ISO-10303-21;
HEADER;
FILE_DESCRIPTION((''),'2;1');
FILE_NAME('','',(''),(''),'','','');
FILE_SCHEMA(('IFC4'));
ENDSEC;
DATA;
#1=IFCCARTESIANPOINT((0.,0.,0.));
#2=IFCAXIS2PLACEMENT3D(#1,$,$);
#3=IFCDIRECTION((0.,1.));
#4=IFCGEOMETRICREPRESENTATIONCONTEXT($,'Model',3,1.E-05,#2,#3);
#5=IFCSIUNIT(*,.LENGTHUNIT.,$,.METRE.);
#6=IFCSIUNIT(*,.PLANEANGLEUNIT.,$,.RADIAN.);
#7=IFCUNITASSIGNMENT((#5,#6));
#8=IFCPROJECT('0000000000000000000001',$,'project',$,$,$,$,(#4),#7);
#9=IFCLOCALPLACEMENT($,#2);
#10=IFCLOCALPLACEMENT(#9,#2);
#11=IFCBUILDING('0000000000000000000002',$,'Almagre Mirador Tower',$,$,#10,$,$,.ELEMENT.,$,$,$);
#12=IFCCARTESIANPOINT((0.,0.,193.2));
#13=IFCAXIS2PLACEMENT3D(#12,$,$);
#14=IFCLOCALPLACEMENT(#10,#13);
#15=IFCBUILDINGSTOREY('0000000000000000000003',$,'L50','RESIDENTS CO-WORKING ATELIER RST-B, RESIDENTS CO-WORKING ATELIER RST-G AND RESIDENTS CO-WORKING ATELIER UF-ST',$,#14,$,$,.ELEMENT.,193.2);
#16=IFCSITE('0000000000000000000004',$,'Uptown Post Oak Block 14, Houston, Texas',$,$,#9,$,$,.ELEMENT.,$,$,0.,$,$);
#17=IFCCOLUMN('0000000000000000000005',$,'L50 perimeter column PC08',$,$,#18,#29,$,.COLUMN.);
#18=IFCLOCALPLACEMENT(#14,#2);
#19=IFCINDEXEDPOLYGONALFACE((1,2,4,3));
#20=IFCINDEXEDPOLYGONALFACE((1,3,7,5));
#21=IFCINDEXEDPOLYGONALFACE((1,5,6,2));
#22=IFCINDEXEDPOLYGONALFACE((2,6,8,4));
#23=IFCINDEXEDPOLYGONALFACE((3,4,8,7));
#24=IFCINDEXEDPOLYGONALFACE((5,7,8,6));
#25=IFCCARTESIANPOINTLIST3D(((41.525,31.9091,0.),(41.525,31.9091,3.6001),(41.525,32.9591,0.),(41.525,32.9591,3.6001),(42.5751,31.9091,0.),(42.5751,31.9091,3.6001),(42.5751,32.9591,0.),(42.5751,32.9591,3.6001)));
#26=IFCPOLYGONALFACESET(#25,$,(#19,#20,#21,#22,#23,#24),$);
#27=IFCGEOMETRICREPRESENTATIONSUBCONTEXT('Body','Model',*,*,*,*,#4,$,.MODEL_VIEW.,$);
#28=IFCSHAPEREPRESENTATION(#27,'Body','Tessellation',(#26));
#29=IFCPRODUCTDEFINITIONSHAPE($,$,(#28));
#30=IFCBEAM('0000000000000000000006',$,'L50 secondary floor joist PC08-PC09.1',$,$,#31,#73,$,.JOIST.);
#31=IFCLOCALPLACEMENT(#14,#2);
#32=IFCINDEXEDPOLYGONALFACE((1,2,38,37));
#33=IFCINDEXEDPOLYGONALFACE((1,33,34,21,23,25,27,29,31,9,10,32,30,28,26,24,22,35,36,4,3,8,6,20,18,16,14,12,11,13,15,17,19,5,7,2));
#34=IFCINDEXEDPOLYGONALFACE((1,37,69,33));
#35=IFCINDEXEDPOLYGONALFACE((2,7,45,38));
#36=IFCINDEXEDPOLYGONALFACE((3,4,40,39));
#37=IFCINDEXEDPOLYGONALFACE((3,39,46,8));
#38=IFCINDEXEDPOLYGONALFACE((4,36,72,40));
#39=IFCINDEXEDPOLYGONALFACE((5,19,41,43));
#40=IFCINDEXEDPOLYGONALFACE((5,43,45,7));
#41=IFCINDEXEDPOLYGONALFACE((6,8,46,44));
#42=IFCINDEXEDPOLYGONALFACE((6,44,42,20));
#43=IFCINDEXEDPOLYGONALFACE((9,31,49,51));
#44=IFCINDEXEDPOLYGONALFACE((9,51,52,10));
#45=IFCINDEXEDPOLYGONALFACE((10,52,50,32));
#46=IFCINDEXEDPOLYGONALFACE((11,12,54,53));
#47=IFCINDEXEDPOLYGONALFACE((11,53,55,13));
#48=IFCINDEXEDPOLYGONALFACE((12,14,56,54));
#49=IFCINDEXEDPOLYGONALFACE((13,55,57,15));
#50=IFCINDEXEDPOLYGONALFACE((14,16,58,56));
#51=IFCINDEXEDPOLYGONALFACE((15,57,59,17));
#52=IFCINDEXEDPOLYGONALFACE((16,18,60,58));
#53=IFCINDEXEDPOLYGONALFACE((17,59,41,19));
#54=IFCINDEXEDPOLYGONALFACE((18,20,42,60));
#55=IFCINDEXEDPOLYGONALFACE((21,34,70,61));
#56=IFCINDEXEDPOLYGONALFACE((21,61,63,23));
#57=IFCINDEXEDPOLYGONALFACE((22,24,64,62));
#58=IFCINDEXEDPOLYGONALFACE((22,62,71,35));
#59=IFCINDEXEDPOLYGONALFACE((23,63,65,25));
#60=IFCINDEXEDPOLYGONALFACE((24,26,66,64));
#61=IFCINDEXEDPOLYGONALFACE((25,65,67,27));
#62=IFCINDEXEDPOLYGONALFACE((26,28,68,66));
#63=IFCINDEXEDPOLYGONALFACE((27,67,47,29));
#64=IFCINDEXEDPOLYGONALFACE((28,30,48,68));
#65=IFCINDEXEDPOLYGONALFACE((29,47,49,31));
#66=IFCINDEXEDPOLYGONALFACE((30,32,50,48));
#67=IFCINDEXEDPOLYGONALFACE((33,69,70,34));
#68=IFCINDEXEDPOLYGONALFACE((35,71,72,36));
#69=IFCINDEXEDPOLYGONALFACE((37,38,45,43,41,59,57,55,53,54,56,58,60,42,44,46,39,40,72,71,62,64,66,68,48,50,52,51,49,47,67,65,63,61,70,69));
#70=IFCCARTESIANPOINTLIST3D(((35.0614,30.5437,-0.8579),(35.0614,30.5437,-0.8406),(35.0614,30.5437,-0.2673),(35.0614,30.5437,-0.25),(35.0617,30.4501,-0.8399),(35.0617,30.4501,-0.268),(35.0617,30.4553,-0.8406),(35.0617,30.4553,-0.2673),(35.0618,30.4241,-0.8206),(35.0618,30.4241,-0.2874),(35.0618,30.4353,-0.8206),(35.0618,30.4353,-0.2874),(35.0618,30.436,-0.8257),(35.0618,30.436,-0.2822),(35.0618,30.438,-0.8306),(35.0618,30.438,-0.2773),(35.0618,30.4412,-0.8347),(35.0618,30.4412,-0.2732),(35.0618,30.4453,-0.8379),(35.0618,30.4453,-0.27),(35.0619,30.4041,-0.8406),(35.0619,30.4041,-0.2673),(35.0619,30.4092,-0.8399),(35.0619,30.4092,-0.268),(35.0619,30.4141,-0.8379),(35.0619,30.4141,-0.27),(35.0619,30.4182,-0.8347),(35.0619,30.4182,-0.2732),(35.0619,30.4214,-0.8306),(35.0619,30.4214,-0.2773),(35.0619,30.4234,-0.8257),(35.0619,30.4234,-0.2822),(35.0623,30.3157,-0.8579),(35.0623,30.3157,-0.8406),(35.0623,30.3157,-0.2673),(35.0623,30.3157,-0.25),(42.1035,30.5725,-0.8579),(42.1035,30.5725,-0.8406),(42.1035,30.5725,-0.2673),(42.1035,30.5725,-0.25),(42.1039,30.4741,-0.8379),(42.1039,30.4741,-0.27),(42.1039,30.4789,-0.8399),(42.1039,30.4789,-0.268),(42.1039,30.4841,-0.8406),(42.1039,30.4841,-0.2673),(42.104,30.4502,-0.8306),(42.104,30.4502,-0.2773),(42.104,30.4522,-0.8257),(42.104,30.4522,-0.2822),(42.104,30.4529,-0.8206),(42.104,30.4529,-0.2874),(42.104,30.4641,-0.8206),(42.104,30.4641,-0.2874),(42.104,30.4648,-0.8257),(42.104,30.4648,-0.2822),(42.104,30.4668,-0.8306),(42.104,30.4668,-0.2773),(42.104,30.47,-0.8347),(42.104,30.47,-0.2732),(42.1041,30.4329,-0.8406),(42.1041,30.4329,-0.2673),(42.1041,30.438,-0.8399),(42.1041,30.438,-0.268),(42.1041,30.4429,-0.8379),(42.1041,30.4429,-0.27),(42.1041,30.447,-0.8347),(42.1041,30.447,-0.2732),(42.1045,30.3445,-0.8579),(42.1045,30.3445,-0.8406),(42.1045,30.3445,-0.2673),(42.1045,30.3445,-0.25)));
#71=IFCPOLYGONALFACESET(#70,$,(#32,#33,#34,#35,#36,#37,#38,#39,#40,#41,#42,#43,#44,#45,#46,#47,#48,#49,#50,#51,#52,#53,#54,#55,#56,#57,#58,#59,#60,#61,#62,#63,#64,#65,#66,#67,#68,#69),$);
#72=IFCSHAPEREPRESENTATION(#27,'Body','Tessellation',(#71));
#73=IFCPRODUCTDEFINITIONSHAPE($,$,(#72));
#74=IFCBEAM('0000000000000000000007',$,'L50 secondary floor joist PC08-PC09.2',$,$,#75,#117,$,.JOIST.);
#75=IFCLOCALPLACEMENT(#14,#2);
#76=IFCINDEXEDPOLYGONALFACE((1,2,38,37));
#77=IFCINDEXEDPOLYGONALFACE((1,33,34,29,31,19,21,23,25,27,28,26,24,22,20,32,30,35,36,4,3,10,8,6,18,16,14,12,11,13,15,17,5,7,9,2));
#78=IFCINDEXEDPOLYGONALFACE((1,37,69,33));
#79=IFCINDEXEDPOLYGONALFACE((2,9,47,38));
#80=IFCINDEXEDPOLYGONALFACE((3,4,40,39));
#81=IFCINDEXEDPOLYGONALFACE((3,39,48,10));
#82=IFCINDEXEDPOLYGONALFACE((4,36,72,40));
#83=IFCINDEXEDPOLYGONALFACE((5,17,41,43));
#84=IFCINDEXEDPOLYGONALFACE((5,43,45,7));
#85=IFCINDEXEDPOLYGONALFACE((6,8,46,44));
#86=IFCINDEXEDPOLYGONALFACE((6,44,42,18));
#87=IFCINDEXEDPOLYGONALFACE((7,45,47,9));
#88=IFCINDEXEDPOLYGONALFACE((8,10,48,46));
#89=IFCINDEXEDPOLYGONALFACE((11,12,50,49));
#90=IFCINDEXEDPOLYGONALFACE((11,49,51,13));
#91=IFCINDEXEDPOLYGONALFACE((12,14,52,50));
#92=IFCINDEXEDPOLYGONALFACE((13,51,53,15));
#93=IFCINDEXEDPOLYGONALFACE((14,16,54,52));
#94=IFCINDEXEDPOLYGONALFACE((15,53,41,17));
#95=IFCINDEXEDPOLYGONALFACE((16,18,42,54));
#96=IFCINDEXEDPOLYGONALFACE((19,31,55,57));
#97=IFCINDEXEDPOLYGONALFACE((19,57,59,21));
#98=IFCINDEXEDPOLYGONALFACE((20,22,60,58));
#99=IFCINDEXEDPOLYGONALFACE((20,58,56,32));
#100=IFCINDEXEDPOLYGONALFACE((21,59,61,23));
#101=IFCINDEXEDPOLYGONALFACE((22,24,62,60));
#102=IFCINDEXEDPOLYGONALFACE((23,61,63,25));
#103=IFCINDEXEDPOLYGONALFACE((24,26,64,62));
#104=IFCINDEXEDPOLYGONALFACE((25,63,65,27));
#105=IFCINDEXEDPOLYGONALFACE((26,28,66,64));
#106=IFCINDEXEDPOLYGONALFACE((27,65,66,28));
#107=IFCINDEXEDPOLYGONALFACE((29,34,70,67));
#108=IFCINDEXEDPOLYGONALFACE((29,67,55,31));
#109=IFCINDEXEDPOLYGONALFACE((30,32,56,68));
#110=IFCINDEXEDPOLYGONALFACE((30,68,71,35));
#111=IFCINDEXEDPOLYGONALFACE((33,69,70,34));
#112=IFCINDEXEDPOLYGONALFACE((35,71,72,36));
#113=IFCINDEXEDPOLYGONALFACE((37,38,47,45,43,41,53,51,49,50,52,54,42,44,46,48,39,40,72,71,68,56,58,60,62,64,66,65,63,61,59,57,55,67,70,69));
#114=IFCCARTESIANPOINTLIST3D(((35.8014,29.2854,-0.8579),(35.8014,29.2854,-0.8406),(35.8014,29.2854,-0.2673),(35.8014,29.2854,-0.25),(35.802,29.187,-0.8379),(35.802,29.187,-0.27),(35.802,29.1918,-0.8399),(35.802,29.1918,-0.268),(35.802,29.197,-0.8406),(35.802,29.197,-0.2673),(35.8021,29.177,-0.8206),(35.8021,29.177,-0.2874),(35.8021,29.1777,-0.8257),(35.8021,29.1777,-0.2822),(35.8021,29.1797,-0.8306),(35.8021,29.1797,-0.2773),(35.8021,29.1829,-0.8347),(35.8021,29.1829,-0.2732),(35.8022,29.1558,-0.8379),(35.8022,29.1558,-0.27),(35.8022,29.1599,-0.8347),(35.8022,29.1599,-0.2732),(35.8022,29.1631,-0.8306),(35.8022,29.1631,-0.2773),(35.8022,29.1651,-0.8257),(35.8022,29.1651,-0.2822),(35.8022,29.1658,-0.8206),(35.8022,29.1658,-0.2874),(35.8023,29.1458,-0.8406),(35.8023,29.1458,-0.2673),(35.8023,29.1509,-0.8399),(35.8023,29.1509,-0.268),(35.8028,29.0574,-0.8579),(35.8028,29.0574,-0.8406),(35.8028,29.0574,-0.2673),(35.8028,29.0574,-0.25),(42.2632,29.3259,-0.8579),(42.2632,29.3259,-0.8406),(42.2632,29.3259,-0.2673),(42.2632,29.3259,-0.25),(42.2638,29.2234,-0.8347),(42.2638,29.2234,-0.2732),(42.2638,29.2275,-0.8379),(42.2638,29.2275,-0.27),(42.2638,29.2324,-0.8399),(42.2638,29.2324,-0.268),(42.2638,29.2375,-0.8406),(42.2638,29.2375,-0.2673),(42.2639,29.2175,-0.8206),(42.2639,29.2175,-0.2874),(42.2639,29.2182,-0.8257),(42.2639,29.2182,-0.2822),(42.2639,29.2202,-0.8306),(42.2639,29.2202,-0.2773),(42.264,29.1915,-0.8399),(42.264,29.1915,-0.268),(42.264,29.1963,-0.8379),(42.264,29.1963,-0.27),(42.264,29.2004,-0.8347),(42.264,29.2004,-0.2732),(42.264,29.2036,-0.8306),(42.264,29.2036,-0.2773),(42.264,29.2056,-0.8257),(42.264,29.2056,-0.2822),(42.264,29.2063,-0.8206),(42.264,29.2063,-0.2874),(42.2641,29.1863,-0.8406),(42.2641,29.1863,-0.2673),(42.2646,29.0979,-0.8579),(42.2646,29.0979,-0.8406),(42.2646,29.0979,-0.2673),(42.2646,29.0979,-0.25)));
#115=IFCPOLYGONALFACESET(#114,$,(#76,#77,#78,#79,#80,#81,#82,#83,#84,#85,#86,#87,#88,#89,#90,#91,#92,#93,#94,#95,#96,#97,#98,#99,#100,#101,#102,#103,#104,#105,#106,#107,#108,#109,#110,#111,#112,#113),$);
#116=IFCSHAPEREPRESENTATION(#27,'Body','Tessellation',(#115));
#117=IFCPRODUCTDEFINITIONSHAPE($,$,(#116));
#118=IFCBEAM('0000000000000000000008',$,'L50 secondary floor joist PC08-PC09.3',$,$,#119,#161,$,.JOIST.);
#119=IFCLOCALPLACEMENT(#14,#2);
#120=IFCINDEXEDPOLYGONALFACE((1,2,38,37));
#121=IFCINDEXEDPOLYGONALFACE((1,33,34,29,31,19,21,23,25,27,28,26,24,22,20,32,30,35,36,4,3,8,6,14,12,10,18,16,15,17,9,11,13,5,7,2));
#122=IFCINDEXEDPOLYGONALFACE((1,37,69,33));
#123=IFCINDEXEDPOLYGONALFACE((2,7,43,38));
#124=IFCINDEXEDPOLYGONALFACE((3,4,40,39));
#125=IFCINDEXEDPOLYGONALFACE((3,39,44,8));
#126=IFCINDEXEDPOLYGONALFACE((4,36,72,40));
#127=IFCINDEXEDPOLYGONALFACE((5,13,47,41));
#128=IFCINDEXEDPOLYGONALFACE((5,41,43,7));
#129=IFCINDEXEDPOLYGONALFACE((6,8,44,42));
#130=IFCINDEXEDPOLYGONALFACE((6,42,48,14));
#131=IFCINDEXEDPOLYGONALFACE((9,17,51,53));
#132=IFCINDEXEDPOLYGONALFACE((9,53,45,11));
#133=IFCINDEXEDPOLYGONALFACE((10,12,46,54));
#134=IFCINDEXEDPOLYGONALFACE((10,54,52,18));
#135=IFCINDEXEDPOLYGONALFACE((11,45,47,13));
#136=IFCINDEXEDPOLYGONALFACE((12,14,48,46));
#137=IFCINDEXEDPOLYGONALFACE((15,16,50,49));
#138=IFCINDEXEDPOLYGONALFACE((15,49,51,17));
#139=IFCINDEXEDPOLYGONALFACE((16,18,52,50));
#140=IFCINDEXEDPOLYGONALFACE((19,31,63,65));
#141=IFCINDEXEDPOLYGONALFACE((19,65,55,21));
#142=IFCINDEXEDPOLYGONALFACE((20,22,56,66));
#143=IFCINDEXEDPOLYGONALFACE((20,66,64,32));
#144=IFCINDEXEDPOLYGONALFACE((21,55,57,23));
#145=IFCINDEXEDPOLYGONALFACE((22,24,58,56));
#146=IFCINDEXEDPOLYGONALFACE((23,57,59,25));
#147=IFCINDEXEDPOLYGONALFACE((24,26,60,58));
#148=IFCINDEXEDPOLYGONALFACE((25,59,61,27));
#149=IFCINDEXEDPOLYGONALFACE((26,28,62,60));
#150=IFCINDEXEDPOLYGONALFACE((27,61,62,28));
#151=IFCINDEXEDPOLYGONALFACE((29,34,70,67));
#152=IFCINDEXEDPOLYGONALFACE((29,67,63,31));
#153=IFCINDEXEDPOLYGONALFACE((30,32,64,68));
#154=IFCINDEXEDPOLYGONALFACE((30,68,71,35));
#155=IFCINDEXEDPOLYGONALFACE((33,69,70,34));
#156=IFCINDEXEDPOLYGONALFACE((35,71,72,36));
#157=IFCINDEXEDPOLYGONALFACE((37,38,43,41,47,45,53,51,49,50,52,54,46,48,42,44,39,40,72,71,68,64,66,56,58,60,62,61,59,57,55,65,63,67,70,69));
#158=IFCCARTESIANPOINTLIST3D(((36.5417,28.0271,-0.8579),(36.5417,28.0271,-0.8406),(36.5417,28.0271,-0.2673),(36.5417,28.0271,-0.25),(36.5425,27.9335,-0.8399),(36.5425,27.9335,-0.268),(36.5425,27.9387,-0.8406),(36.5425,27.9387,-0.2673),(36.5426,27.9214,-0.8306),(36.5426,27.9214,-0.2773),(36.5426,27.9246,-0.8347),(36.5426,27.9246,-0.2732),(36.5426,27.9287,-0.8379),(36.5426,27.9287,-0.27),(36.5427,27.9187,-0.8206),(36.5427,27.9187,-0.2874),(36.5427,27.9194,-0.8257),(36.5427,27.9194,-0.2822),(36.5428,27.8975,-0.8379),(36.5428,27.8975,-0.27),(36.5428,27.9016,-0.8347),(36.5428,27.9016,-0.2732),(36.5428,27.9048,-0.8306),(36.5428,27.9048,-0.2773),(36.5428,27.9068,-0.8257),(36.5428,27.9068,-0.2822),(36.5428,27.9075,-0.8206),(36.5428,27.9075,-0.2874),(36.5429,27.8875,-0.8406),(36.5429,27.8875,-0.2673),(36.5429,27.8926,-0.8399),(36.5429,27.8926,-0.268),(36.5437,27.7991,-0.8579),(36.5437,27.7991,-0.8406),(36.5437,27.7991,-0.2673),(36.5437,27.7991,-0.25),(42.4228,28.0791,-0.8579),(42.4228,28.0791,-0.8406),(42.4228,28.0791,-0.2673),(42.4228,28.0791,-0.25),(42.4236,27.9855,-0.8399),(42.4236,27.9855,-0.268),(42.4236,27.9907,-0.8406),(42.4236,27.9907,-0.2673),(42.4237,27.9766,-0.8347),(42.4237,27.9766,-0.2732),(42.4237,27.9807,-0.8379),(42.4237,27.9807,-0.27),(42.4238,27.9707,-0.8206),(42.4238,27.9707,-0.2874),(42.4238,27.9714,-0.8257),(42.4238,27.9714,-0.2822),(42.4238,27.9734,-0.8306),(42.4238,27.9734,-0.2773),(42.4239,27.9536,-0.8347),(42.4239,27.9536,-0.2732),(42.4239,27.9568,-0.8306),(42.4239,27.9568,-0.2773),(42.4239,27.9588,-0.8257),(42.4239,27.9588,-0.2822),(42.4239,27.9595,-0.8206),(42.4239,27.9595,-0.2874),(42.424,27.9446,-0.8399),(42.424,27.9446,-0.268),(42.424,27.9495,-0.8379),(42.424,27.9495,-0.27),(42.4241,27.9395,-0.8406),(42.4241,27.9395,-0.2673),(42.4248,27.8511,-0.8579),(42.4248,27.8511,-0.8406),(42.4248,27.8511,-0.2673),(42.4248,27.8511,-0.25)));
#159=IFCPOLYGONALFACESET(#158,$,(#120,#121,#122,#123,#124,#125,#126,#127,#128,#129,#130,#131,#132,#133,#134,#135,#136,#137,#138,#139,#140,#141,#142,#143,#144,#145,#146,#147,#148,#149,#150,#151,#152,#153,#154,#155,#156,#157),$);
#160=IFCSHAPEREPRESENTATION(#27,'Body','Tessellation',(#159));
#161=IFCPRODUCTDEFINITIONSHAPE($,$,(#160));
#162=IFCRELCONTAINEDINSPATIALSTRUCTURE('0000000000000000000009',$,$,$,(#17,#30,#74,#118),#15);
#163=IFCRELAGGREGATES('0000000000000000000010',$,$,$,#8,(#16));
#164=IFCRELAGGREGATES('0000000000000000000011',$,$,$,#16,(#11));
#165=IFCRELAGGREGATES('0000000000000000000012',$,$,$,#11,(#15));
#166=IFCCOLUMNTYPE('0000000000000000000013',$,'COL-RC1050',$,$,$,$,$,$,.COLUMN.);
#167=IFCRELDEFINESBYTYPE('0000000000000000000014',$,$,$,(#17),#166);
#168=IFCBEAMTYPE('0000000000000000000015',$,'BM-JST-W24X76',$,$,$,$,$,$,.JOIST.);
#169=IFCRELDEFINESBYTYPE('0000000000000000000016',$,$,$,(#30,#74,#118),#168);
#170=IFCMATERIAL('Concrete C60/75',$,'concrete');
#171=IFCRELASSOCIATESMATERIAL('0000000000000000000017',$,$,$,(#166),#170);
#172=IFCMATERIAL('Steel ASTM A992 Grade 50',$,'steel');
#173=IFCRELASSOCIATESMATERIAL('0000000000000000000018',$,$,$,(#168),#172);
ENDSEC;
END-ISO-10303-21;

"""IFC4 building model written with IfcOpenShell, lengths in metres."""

from ifc_helpers import new_model, si_unit, direction, frame, origin, origin_2d, place, context, subcontext, project, spatial, rectangle, i_section, extrude, material, material_profile, profile_set, type_object, element, save


model = new_model("IFC4")

# Units and contexts
model_context = context("Model", 3, precision=1e-05, world=origin(), true_north=direction((0.0, 1.0)))
body_context = subcontext(model_context, "Body", "Model", "MODEL_VIEW")
ifc_project = project(units=[si_unit("LENGTHUNIT", "METRE"), si_unit("PLANEANGLEUNIT", "RADIAN")], contexts=[model_context])

# Site, building, storey
site_placement = place(None, origin())
site = spatial("IfcSite", under=ifc_project, at=site_placement, Name="Uptown Post Oak Block 14, Houston, Texas", CompositionType="ELEMENT", RefElevation=0.0)
building_placement = place(site_placement, origin())
building = spatial("IfcBuilding", under=site, at=building_placement, Name="Almagre Mirador Tower", CompositionType="ELEMENT")
storey_placement = place(building_placement, frame((0.0, 0.0, 193.2)))
storey = spatial("IfcBuildingStorey", under=building, at=storey_placement, Name="L50", Description="RESIDENTS CO-WORKING ATELIER RST-B, RESIDENTS CO-WORKING ATELIER RST-G AND RESIDENTS CO-WORKING ATELIER UF-ST", CompositionType="ELEMENT", Elevation=193.2)

# Column
ifc_material_1 = material(Name="Concrete C60/75", Category="concrete")
ifc_material_profile_1 = material_profile(ifc_material_1, rectangle(XDim=1.05, YDim=1.05, at=origin_2d()), Name="RC1050X1050")
ifc_profile_set_1 = profile_set([ifc_material_profile_1], Name="Concrete C60/75")
column_type = type_object("IfcColumnType", Name="COL-RC1050", PredefinedType="COLUMN", material=ifc_profile_set_1)
column_placement = place(storey_placement, frame((42.05, 32.4341, 0.0), z_axis=(0.0, 0.0, 1.0), x_axis=(1.0, 0.0, 0.0)))
element("IfcColumn", 1, at=column_placement, inside=storey, type_object=column_type, Name="L50 perimeter column PC08", PredefinedType="COLUMN", context=body_context, shape_type="SweptSolid", body=[
    extrude(rectangle(XDim=1.05, YDim=1.05, at=origin_2d()), origin(), (0.0, 0.0, 1.0), 3.6001),
])

# Beams
ifc_material_2 = material(Name="Steel ASTM A992 Grade 50", Category="steel")
ifc_material_profile_2 = material_profile(ifc_material_2, i_section(OverallWidth=0.228, OverallDepth=0.6079, WebThickness=0.0112, FlangeThickness=0.0173, FilletRadius=0.02, at=origin_2d()), Name="W24X76")
ifc_profile_set_2 = profile_set([ifc_material_profile_2], Name="Steel ASTM A992 Grade 50")
beam_type_1 = type_object("IfcBeamType", Name="BM-JST-W24X76", PredefinedType="JOIST", material=ifc_profile_set_2)
beam_1_placement = place(storey_placement, frame((42.104, 30.4585, -0.554), z_axis=(-0.999992, -0.004091, 0.0), x_axis=(0.004091, -0.999992, 0.0)))
element("IfcBeam", 2, at=beam_1_placement, inside=storey, type_object=beam_type_1, Name="L50 secondary floor joist PC08-PC09.1", PredefinedType="JOIST", context=body_context, shape_type="SweptSolid", body=[
    extrude(i_section(OverallWidth=0.228, OverallDepth=0.6079, WebThickness=0.0112, FlangeThickness=0.0173, FilletRadius=0.02, at=origin_2d()), origin(), (0.0, 0.0, 1.0), 7.0422),
])
beam_2_placement = place(storey_placement, frame((42.2639, 29.2119, -0.554), z_axis=(-0.99998, -0.006272, 0.0), x_axis=(0.006272, -0.99998, 0.0)))
element("IfcBeam", 3, at=beam_2_placement, inside=storey, type_object=beam_type_1, Name="L50 secondary floor joist PC08-PC09.2", PredefinedType="JOIST", context=body_context, shape_type="SweptSolid", body=[
    extrude(i_section(OverallWidth=0.228, OverallDepth=0.6079, WebThickness=0.0112, FlangeThickness=0.0173, FilletRadius=0.02, at=origin_2d()), origin(), (0.0, 0.0, 1.0), 6.4619),
])
beam_3_placement = place(storey_placement, frame((42.4238, 27.9651, -0.554), z_axis=(-0.999961, -0.008842, 0.0), x_axis=(0.008842, -0.999961, 0.0)))
element("IfcBeam", 4, at=beam_3_placement, inside=storey, type_object=beam_type_1, Name="L50 secondary floor joist PC08-PC09.3", PredefinedType="JOIST", context=body_context, shape_type="SweptSolid", body=[
    extrude(i_section(OverallWidth=0.228, OverallDepth=0.6079, WebThickness=0.0112, FlangeThickness=0.0173, FilletRadius=0.02, at=origin_2d()), origin(), (0.0, 0.0, 1.0), 5.8813),
])

save(model, "model.ifc")
